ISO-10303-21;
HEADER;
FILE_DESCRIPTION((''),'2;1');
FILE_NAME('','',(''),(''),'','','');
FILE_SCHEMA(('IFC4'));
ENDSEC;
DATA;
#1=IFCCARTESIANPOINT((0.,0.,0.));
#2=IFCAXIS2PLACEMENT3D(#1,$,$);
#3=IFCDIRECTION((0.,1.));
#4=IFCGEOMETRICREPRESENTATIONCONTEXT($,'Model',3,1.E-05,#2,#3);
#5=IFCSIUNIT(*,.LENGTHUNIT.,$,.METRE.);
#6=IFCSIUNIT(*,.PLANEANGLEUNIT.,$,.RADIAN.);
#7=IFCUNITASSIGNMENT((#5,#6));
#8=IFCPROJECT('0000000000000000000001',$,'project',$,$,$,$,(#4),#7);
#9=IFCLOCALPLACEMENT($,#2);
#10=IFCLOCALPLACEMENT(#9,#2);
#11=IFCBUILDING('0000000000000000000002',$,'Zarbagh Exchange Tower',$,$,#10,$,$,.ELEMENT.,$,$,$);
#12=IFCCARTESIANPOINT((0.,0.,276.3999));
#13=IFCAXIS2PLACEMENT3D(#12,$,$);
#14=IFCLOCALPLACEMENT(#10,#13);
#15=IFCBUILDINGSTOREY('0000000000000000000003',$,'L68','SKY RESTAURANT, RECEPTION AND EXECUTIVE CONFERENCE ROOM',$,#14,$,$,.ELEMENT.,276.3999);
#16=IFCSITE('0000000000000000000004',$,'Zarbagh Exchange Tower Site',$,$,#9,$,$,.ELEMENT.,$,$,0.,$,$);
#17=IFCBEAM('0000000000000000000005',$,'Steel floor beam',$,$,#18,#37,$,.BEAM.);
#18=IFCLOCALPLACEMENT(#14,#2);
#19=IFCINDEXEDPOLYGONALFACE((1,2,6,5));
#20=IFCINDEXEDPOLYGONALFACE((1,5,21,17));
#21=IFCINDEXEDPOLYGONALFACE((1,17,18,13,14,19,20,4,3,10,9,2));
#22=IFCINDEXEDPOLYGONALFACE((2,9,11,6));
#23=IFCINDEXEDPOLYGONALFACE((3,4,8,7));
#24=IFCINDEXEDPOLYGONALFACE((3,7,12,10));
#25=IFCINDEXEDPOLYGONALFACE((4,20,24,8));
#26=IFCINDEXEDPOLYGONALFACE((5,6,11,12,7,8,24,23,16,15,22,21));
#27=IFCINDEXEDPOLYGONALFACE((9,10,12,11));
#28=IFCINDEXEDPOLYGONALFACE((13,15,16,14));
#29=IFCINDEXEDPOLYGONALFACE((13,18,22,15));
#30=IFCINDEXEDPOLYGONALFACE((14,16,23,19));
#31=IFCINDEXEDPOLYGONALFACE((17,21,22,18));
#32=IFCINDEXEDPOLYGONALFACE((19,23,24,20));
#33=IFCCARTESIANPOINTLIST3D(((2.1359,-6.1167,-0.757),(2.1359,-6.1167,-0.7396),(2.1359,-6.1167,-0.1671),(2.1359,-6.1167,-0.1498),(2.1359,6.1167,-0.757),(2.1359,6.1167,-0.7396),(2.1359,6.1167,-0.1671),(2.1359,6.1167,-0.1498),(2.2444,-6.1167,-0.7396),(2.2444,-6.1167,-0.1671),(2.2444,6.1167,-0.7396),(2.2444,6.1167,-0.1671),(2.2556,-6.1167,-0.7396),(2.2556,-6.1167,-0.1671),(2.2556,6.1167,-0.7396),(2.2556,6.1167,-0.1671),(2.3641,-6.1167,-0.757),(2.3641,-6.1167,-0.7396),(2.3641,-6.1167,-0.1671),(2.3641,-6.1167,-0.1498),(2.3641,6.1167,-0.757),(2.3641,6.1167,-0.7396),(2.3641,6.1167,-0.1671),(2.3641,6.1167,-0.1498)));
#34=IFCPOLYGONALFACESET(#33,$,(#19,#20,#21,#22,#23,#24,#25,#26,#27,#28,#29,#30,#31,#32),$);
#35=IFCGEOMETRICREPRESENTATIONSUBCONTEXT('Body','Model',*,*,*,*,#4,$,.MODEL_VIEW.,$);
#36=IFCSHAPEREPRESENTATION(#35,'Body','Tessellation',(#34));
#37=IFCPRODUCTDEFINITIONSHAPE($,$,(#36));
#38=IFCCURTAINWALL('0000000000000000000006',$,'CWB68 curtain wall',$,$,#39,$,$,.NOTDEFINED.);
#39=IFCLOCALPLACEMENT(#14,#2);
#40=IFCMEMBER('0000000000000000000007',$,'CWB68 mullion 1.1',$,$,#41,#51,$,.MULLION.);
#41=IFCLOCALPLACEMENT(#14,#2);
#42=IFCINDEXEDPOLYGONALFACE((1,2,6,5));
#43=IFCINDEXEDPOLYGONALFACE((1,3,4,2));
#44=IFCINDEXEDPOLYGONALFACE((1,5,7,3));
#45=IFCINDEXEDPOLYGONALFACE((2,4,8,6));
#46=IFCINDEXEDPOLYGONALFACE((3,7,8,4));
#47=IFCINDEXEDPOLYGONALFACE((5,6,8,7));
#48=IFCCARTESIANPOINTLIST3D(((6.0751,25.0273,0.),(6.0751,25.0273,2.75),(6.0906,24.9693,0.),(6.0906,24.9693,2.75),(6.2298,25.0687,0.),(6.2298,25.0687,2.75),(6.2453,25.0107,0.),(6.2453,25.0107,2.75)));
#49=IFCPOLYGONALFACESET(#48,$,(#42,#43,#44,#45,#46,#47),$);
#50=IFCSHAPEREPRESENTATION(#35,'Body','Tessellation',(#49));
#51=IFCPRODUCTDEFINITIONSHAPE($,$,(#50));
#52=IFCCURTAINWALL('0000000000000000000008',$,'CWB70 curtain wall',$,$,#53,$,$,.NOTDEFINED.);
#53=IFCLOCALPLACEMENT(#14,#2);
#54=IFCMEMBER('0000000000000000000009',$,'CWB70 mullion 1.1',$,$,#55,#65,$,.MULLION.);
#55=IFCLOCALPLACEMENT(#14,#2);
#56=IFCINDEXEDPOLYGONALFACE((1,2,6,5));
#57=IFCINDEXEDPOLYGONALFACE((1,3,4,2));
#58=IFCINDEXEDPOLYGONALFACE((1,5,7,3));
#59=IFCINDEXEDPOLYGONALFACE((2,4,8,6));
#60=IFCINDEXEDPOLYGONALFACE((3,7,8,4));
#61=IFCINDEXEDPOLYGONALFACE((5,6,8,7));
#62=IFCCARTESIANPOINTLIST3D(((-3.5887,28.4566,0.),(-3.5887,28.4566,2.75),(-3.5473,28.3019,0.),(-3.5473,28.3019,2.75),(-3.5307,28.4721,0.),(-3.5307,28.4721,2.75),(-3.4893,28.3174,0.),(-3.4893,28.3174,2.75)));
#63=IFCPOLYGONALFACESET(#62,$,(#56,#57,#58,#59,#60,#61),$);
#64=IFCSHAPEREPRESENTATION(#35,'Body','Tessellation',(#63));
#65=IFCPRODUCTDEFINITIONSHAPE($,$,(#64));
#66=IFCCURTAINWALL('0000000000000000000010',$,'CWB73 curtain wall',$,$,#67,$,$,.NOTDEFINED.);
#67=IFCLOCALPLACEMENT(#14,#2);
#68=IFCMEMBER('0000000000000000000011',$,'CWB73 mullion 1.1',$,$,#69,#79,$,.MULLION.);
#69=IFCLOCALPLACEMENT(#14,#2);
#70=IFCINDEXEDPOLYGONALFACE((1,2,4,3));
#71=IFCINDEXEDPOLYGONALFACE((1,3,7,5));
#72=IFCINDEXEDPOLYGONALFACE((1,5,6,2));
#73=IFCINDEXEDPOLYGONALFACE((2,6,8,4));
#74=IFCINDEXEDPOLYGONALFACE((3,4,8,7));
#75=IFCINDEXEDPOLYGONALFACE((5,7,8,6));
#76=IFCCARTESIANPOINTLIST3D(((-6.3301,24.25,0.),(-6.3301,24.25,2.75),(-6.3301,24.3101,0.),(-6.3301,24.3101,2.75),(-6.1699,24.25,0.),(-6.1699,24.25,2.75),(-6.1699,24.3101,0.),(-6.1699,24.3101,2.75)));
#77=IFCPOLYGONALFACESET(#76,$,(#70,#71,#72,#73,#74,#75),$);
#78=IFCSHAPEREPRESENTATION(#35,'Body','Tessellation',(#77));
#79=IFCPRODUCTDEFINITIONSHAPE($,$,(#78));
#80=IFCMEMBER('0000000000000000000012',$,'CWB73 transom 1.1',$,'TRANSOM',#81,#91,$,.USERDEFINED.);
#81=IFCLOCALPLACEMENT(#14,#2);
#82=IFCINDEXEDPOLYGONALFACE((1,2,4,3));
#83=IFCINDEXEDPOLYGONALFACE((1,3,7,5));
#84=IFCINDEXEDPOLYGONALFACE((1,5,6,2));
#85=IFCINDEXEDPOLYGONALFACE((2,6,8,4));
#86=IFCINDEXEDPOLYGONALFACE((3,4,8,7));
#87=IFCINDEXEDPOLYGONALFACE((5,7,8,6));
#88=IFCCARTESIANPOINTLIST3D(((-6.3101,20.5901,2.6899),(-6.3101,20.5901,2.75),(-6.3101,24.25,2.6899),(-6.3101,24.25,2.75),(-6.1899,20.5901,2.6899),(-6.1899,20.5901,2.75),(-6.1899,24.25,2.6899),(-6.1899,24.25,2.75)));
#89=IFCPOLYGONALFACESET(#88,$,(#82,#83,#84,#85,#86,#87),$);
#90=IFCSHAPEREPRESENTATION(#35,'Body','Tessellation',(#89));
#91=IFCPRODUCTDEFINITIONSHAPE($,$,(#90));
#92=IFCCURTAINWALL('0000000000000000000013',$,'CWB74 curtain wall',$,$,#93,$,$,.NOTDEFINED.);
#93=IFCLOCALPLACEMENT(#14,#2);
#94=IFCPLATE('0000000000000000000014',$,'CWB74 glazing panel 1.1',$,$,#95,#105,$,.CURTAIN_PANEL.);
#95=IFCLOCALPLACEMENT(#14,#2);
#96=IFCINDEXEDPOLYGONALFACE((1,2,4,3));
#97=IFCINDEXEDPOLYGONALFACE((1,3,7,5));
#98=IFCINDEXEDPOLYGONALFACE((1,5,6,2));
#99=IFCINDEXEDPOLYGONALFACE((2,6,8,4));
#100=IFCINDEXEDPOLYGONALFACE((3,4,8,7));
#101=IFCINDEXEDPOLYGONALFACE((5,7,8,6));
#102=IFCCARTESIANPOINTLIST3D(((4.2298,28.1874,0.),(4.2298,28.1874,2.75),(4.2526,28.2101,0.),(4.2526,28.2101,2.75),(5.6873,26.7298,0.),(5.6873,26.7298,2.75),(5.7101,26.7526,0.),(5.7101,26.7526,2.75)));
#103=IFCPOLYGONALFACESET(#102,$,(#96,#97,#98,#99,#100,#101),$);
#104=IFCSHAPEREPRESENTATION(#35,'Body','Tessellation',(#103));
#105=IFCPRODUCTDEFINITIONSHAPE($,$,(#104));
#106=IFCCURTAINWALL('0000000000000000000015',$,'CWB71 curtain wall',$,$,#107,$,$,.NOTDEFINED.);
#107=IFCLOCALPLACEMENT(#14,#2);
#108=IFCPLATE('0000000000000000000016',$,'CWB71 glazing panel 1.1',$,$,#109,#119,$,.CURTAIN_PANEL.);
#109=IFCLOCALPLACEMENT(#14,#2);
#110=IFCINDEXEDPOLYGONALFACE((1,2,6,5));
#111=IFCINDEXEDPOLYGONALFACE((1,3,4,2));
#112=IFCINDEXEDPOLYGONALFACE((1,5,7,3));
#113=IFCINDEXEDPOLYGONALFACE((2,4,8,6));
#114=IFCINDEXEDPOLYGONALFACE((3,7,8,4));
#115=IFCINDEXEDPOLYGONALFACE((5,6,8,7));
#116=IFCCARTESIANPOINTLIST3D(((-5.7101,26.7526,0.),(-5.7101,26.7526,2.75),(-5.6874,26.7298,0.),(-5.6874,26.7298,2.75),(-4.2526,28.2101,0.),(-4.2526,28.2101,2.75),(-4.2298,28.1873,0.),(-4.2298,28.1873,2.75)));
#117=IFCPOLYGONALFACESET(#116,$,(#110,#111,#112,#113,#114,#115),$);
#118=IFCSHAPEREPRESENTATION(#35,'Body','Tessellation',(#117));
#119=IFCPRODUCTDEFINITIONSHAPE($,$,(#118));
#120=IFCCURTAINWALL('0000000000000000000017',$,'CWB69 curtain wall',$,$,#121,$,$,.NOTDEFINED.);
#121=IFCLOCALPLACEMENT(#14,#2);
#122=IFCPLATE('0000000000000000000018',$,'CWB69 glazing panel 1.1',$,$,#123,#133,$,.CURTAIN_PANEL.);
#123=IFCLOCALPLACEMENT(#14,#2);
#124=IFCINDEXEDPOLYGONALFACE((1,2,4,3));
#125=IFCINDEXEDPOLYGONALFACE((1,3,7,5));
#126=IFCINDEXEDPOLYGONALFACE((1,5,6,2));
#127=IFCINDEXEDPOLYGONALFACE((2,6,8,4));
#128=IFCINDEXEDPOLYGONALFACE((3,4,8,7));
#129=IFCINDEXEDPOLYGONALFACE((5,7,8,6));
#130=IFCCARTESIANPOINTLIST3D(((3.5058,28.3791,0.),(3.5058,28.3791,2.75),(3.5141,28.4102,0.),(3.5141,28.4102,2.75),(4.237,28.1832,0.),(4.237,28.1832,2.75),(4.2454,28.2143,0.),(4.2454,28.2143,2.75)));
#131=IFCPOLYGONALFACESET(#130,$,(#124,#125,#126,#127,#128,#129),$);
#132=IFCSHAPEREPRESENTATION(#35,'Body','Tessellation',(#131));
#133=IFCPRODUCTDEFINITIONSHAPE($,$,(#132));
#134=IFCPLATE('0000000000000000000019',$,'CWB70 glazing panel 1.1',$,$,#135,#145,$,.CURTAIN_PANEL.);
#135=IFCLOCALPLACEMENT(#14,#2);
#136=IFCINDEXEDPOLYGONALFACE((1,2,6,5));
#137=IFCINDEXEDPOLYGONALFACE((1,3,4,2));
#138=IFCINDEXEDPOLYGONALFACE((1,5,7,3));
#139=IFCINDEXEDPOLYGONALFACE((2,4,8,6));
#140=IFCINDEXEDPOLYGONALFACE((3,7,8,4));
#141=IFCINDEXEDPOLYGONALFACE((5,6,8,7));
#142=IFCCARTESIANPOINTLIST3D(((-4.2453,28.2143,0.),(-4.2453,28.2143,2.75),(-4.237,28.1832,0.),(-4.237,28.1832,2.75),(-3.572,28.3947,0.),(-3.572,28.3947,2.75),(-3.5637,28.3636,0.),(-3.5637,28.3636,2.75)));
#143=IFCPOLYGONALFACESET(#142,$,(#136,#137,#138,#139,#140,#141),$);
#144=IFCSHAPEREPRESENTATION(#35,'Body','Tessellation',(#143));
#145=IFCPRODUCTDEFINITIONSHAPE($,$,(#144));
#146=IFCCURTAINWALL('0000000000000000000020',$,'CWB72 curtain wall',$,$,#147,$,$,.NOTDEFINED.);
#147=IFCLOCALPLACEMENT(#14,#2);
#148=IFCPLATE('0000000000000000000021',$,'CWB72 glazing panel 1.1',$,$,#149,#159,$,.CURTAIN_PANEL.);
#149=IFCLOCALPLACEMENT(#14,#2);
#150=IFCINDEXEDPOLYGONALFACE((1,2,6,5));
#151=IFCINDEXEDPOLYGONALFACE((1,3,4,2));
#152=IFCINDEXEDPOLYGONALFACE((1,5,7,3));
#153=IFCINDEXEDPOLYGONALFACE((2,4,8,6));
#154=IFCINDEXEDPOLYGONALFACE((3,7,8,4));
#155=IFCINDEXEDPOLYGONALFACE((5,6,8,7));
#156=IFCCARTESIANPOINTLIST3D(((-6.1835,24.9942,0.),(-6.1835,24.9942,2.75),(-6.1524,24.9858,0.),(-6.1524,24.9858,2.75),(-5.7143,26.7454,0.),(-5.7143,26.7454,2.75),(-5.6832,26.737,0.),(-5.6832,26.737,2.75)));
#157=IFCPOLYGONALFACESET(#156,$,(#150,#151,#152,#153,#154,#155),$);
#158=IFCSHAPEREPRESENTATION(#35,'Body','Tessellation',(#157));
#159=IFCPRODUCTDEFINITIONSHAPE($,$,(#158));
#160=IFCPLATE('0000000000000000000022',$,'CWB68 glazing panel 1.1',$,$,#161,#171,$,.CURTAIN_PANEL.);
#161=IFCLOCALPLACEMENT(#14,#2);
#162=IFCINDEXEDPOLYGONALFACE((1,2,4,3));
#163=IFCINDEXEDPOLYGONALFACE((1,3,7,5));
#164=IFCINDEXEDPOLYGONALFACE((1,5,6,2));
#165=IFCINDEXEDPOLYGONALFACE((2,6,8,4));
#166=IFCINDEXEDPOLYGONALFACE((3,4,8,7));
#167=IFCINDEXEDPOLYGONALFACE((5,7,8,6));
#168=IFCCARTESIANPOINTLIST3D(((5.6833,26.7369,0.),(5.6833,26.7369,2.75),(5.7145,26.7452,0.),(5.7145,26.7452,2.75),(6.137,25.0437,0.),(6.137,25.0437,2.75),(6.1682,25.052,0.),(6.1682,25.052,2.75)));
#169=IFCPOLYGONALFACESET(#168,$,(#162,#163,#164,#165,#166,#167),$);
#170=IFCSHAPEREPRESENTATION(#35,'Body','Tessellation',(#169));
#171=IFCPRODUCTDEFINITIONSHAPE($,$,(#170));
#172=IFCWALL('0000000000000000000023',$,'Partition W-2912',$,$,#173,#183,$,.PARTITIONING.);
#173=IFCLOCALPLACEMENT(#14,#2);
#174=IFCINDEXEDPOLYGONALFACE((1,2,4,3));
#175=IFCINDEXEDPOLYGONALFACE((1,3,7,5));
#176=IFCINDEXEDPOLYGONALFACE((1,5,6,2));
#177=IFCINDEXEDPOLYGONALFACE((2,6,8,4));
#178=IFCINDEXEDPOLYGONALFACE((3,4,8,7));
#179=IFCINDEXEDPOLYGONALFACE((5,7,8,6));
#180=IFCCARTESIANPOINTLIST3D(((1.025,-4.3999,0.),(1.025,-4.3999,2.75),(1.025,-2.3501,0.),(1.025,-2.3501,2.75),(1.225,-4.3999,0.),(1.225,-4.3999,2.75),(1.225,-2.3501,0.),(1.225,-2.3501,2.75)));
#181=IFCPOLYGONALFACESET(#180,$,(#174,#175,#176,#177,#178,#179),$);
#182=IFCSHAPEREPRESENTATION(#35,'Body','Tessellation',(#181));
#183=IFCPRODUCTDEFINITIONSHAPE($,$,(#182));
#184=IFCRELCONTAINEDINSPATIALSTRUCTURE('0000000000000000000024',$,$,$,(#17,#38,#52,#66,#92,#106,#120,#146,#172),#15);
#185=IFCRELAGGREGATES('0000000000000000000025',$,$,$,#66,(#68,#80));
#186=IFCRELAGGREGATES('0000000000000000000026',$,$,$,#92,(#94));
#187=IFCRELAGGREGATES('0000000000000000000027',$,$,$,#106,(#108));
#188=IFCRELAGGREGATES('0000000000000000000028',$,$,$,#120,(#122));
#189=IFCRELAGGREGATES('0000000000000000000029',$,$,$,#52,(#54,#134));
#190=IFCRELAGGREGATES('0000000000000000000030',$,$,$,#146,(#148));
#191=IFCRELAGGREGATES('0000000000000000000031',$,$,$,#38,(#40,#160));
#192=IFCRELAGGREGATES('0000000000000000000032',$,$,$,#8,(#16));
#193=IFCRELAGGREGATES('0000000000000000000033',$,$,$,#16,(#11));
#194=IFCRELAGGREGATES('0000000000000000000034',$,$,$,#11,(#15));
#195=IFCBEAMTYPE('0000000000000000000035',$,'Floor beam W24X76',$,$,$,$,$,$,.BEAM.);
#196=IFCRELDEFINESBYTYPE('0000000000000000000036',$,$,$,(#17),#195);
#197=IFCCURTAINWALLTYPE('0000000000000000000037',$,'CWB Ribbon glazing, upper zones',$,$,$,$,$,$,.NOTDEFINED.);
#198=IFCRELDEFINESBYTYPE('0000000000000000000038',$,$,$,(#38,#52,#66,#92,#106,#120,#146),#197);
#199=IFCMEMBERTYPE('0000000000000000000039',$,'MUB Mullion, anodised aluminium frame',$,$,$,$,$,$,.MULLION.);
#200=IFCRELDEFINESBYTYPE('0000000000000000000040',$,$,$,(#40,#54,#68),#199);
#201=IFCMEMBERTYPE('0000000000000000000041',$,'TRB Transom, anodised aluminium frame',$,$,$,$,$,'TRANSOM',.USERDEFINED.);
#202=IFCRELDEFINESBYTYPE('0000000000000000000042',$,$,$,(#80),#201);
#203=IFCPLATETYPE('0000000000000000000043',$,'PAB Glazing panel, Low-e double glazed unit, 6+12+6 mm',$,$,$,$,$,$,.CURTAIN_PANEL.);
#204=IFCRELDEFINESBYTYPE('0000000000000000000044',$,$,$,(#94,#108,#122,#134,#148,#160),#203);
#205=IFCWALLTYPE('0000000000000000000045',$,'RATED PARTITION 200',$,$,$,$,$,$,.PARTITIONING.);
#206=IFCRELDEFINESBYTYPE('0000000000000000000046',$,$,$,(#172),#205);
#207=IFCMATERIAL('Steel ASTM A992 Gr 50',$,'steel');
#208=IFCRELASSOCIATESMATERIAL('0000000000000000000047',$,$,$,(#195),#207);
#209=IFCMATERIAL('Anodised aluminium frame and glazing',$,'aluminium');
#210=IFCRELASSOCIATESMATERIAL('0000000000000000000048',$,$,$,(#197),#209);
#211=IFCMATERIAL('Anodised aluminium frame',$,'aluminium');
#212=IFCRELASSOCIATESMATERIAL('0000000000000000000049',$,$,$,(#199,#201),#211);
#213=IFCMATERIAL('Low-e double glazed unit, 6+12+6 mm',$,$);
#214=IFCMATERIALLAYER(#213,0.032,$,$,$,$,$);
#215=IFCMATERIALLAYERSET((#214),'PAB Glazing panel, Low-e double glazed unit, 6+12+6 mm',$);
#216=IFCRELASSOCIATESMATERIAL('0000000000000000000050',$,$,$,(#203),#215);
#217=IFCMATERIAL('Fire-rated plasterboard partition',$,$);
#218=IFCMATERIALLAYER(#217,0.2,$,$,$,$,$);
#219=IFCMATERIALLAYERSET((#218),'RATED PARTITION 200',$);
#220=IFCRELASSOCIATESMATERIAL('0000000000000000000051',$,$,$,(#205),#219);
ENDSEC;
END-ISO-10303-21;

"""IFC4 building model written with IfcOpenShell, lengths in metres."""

from ifc_helpers import new_model, si_unit, direction, frame, frame_2d, origin, origin_2d, place, context, subcontext, project, spatial, polyline, rectangle, i_section, outline, extrude, source, transform, mapped, material, layer, layer_set, material_profile, profile_set, type_object, element, aggregate, save


model = new_model("IFC4")

# Units and contexts
model_context = context("Model", 3, precision=1e-05, world=origin(), true_north=direction((0.0, 1.0)))
body_context = subcontext(model_context, "Body", "Model", "MODEL_VIEW")
ifc_project = project(units=[si_unit("LENGTHUNIT", "METRE"), si_unit("PLANEANGLEUNIT", "RADIAN")], contexts=[model_context])

# Site, building, storey
site_placement = place(None, origin())
site = spatial("IfcSite", under=ifc_project, at=site_placement, Name="Zarbagh Exchange Tower Site", CompositionType="ELEMENT", RefElevation=0.0)
building_placement = place(site_placement, origin())
building = spatial("IfcBuilding", under=site, at=building_placement, Name="Zarbagh Exchange Tower", CompositionType="ELEMENT")
storey_placement = place(building_placement, frame((0.0, 0.0, 276.3999)))
storey = spatial("IfcBuildingStorey", under=building, at=storey_placement, Name="L68", Description="SKY RESTAURANT, RECEPTION AND EXECUTIVE CONFERENCE ROOM", CompositionType="ELEMENT", Elevation=276.3999)

# Beam
ifc_material_1 = material(Name="Steel ASTM A992 Gr 50", Category="steel")
ifc_material_profile = material_profile(ifc_material_1, i_section(OverallWidth=0.2283, OverallDepth=0.6072, WebThickness=0.0112, FlangeThickness=0.0173, at=origin_2d()), Name="W24X76")
ifc_profile_set = profile_set([ifc_material_profile], Name="Steel ASTM A992 Gr 50")
beam_type = type_object("IfcBeamType", Name="Floor beam W24X76", PredefinedType="BEAM", material=ifc_profile_set)
beam_placement = place(storey_placement, frame((2.25, -6.1167, -0.4534), z_axis=(0.0, 1.0, 0.0), x_axis=(-1.0, 0.0, 0.0)))
element("IfcBeam", 1, at=beam_placement, inside=storey, type_object=beam_type, Name="Steel floor beam", PredefinedType="BEAM", context=body_context, shape_type="SweptSolid", body=[
    extrude(i_section(OverallWidth=0.2283, OverallDepth=0.6072, WebThickness=0.0112, FlangeThickness=0.0173, at=origin_2d()), origin(), (0.0, 0.0, 1.0), 12.2334),
])

# Curtain walls, members
ifc_material_2 = material(Name="Anodised aluminium frame and glazing", Category="aluminium")
curtain_wall_type = type_object("IfcCurtainWallType", Name="CWB Ribbon glazing, upper zones", PredefinedType="NOTDEFINED", material=ifc_material_2)
curtain_wall_1_placement = place(storey_placement, origin())
curtain_wall_1 = element("IfcCurtainWall", 2, at=curtain_wall_1_placement, inside=storey, type_object=curtain_wall_type, Name="CWB68 curtain wall", PredefinedType="NOTDEFINED")
ifc_material_3 = material(Name="Anodised aluminium frame", Category="aluminium")
member_type_1 = type_object("IfcMemberType", Name="MUB Mullion, anodised aluminium frame", PredefinedType="MULLION", material=ifc_material_3)
shared_shape_1 = source(origin(), body_context, "Body", "SweptSolid", [
    extrude(outline(polyline([(0.0, -0.0801), (0.0601, -0.0801), (0.0601, 0.0801), (0.0, 0.0801), (0.0, -0.0801)])), origin(), (0.0, 0.0, 1.0), 2.75),
])
placement = place(storey_placement, origin())
member_1 = element("IfcMember", 3, at=placement, type_object=member_type_1, Name="CWB68 mullion 1.1", PredefinedType="MULLION", context=body_context, shape_type="MappedRepresentation", body=[
    mapped(shared_shape_1, transform((6.168, 24.99, 0.0), x_axis=(-0.258825, 0.965924, 0.0), y_axis=(-0.965924, -0.258825, 0.0), z_axis=(0.0, 0.0, 1.0))),
])
curtain_wall_2_placement = place(storey_placement, origin())
curtain_wall_2 = element("IfcCurtainWall", 4, at=curtain_wall_2_placement, inside=storey, type_object=curtain_wall_type, Name="CWB70 curtain wall", PredefinedType="NOTDEFINED")
member_2 = element("IfcMember", 5, at=placement, type_object=member_type_1, Name="CWB70 mullion 1.1", PredefinedType="MULLION", context=body_context, shape_type="MappedRepresentation", body=[
    mapped(shared_shape_1, transform((-3.51, 28.3948, 0.0), x_axis=(-0.965924, -0.258825, 0.0), y_axis=(0.258825, -0.965924, 0.0), z_axis=(0.0, 0.0, 1.0))),
])

# Curtain wall, members
curtain_wall_3_placement = place(storey_placement, origin())
curtain_wall_3 = element("IfcCurtainWall", 6, at=curtain_wall_3_placement, inside=storey, type_object=curtain_wall_type, Name="CWB73 curtain wall", PredefinedType="NOTDEFINED")
member_3 = element("IfcMember", 7, at=placement, type_object=member_type_1, Name="CWB73 mullion 1.1", PredefinedType="MULLION", context=body_context, shape_type="MappedRepresentation", body=[
    mapped(shared_shape_1, transform((-6.25, 24.3101, 0.0), x_axis=(0.0, -1.0, 0.0), y_axis=(1.0, 0.0, 0.0), z_axis=(0.0, 0.0, 1.0))),
])
member_type_2 = type_object("IfcMemberType", Name="TRB Transom, anodised aluminium frame", ElementType="TRANSOM", PredefinedType="USERDEFINED", material=ifc_material_3)
shared_shape_2 = source(origin(), body_context, "Body", "SweptSolid", [
    extrude(outline(polyline([(-0.0601, -0.0601), (0.0, -0.0601), (0.0, 0.0601), (-0.0601, 0.0601), (-0.0601, -0.0601)])), origin(), (0.0, 0.0, 1.0), 3.6599),
])
member_4 = element("IfcMember", 8, at=placement, type_object=member_type_2, Name="CWB73 transom 1.1", ObjectType="TRANSOM", PredefinedType="USERDEFINED", context=body_context, shape_type="MappedRepresentation", body=[
    mapped(shared_shape_2, transform((-6.25, 24.25, 2.75), x_axis=(0.0, 0.0, 1.0), y_axis=(-1.0, 0.0, 0.0), z_axis=(0.0, -1.0, 0.0))),
])
aggregate(curtain_wall_3, [member_3, member_4])

# Curtain walls, plates
curtain_wall_4_placement = place(storey_placement, origin())
curtain_wall_4 = element("IfcCurtainWall", 9, at=curtain_wall_4_placement, inside=storey, type_object=curtain_wall_type, Name="CWB74 curtain wall", PredefinedType="NOTDEFINED")
ifc_material_4 = material(Name="Low-e double glazed unit, 6+12+6 mm")
ifc_layer_1 = layer(ifc_material_4, 0.032)
ifc_layer_set_1 = layer_set([ifc_layer_1], Name="PAB Glazing panel, Low-e double glazed unit, 6+12+6 mm")
plate_type = type_object("IfcPlateType", Name="PAB Glazing panel, Low-e double glazed unit, 6+12+6 mm", PredefinedType="CURTAIN_PANEL", material=ifc_layer_set_1)
shared_shape_3 = source(origin(), body_context, "Body", "SweptSolid", [
    extrude(outline(polyline([(0.0, -0.0161), (2.0613, -0.0161), (2.0613, 0.0161), (0.0, 0.0161), (0.0, -0.0161)])), origin(), (0.0, 0.0, 1.0), 2.75),
])
plate_1 = element("IfcPlate", 10, at=placement, type_object=plate_type, Name="CWB74 glazing panel 1.1", PredefinedType="CURTAIN_PANEL", context=body_context, shape_type="MappedRepresentation", body=[
    mapped(shared_shape_3, transform((5.6987, 26.7412, 0.0), x_axis=(-0.707107, 0.707107, 0.0), y_axis=(-0.707107, -0.707107, 0.0), z_axis=(0.0, 0.0, 1.0))),
])
aggregate(curtain_wall_4, [plate_1])
curtain_wall_5_placement = place(storey_placement, origin())
curtain_wall_5 = element("IfcCurtainWall", 11, at=curtain_wall_5_placement, inside=storey, type_object=curtain_wall_type, Name="CWB71 curtain wall", PredefinedType="NOTDEFINED")
plate_2 = element("IfcPlate", 12, at=placement, type_object=plate_type, Name="CWB71 glazing panel 1.1", PredefinedType="CURTAIN_PANEL", context=body_context, shape_type="MappedRepresentation", body=[
    mapped(shared_shape_3, transform((-4.2412, 28.1987, 0.0), x_axis=(-0.707107, -0.707107, 0.0), y_axis=(0.707107, -0.707107, 0.0), z_axis=(0.0, 0.0, 1.0))),
])
aggregate(curtain_wall_5, [plate_2])
curtain_wall_6_placement = place(storey_placement, origin())
curtain_wall_6 = element("IfcCurtainWall", 13, at=curtain_wall_6_placement, inside=storey, type_object=curtain_wall_type, Name="CWB69 curtain wall", PredefinedType="NOTDEFINED")
shared_shape_4 = source(origin(), body_context, "Body", "SweptSolid", [
    extrude(outline(polyline([(0.0, -0.0161), (0.7571, -0.0161), (0.7571, 0.0161), (0.0, 0.0161), (0.0, -0.0161)])), origin(), (0.0, 0.0, 1.0), 2.75),
])
plate_3 = element("IfcPlate", 14, at=placement, type_object=plate_type, Name="CWB69 glazing panel 1.1", PredefinedType="CURTAIN_PANEL", context=body_context, shape_type="MappedRepresentation", body=[
    mapped(shared_shape_4, transform((4.2412, 28.1987, 0.0), x_axis=(-0.965924, 0.258825, 0.0), y_axis=(-0.258825, -0.965924, 0.0), z_axis=(0.0, 0.0, 1.0))),
])
aggregate(curtain_wall_6, [plate_3])

# Plate
shared_shape_5 = source(origin(), body_context, "Body", "SweptSolid", [
    extrude(outline(polyline([(0.0, -0.0161), (0.697, -0.0161), (0.697, 0.0161), (0.0, 0.0161), (0.0, -0.0161)])), origin(), (0.0, 0.0, 1.0), 2.75),
])
plate_4 = element("IfcPlate", 15, at=placement, type_object=plate_type, Name="CWB70 glazing panel 1.1", PredefinedType="CURTAIN_PANEL", context=body_context, shape_type="MappedRepresentation", body=[
    mapped(shared_shape_5, transform((-3.5679, 28.3792, 0.0), x_axis=(-0.965924, -0.258825, 0.0), y_axis=(0.258825, -0.965924, 0.0), z_axis=(0.0, 0.0, 1.0))),
])
aggregate(curtain_wall_2, [member_2, plate_4])

# Curtain wall, plate
curtain_wall_7_placement = place(storey_placement, origin())
curtain_wall_7 = element("IfcCurtainWall", 16, at=curtain_wall_7_placement, inside=storey, type_object=curtain_wall_type, Name="CWB72 curtain wall", PredefinedType="NOTDEFINED")
shared_shape_6 = source(origin(), body_context, "Body", "SweptSolid", [
    extrude(outline(polyline([(0.0, -0.0161), (1.813, -0.0161), (1.813, 0.0161), (0.0, 0.0161), (0.0, -0.0161)])), origin(), (0.0, 0.0, 1.0), 2.75),
])
plate_5 = element("IfcPlate", 17, at=placement, type_object=plate_type, Name="CWB72 glazing panel 1.1", PredefinedType="CURTAIN_PANEL", context=body_context, shape_type="MappedRepresentation", body=[
    mapped(shared_shape_6, transform((-5.6987, 26.7412, 0.0), x_axis=(-0.258825, -0.965924, 0.0), y_axis=(0.965924, -0.258825, 0.0), z_axis=(0.0, 0.0, 1.0))),
])
aggregate(curtain_wall_7, [plate_5])

# Plate
shared_shape_7 = source(origin(), body_context, "Body", "SweptSolid", [
    extrude(outline(polyline([(0.0, -0.0161), (1.7529, -0.0161), (1.7529, 0.0161), (0.0, 0.0161), (0.0, -0.0161)])), origin(), (0.0, 0.0, 1.0), 2.75),
])
plate_6 = element("IfcPlate", 18, at=placement, type_object=plate_type, Name="CWB68 glazing panel 1.1", PredefinedType="CURTAIN_PANEL", context=body_context, shape_type="MappedRepresentation", body=[
    mapped(shared_shape_7, transform((6.1526, 25.0479, 0.0), x_axis=(-0.258825, 0.965924, 0.0), y_axis=(-0.965924, -0.258825, 0.0), z_axis=(0.0, 0.0, 1.0))),
])
aggregate(curtain_wall_1, [member_1, plate_6])

# Wall
ifc_material_5 = material(Name="Fire-rated plasterboard partition")
ifc_layer_2 = layer(ifc_material_5, 0.2)
ifc_layer_set_2 = layer_set([ifc_layer_2], Name="RATED PARTITION 200")
wall_type_1 = type_object("IfcWallType", Name="RATED PARTITION 200", PredefinedType="PARTITIONING", material=ifc_layer_set_2)
wall_1_placement = place(storey_placement, frame((1.125, -4.3999, 0.0), z_axis=(0.0, 0.0, 1.0), x_axis=(0.0, 1.0, 0.0)))
element("IfcWall", 19, at=wall_1_placement, inside=storey, type_object=wall_type_1, Name="Partition W-2912", PredefinedType="PARTITIONING", context=body_context, shape_type="SweptSolid", body=[
    extrude(rectangle(XDim=2.0498, YDim=0.2, at=frame_2d((1.0249, 0.0))), origin(), (0.0, 0.0, 1.0), 2.75),
])

save(model, "model.ifc")
